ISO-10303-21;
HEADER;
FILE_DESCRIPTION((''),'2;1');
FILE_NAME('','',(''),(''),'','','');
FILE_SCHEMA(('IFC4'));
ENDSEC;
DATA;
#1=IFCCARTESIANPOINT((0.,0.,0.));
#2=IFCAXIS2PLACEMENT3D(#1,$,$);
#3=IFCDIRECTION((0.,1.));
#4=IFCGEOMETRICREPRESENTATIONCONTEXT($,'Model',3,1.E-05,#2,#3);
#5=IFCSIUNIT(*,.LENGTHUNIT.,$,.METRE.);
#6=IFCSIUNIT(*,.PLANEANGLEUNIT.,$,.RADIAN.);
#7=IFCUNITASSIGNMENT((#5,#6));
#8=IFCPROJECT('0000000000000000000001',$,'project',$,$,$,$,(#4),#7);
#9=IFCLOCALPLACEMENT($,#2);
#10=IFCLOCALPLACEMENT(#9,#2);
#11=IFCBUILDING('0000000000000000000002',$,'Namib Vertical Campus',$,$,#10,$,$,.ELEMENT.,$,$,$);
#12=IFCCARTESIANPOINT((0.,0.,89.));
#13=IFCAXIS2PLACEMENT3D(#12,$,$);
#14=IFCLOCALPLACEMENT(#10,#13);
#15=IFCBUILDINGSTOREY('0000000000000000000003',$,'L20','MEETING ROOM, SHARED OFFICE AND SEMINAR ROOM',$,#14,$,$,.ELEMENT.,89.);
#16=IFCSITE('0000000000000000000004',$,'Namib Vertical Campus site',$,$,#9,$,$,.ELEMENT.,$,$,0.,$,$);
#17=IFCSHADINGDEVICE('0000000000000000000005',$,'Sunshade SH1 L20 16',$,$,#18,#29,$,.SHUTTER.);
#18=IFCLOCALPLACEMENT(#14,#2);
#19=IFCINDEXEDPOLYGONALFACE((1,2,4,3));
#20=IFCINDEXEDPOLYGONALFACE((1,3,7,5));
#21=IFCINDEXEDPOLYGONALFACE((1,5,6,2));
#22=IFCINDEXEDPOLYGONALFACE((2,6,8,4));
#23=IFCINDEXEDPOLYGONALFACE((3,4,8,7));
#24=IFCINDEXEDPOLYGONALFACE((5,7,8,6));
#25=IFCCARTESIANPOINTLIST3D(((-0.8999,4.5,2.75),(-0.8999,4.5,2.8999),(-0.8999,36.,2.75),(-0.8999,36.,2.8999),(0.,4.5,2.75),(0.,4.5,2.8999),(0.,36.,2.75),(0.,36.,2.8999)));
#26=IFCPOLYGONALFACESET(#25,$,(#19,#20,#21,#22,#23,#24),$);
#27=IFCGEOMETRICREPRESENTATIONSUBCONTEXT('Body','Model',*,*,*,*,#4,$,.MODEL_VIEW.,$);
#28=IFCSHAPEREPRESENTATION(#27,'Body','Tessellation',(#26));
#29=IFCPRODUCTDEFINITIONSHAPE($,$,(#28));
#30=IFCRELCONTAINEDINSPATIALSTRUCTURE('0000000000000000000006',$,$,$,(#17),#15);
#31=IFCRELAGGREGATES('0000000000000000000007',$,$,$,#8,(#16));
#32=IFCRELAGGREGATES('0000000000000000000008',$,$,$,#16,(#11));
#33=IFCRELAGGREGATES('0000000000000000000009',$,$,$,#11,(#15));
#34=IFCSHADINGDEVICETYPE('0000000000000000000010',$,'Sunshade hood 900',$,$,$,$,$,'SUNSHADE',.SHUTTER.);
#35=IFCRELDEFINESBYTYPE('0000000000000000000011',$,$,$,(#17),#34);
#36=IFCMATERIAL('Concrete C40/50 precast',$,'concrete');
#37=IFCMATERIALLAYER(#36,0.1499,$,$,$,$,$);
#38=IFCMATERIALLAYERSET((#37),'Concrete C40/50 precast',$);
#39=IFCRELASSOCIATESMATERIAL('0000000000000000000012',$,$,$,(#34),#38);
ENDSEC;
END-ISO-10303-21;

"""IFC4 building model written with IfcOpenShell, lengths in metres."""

from ifc_helpers import new_model, si_unit, direction, frame, origin, origin_2d, place, context, subcontext, project, spatial, rectangle, extrude, material, layer, layer_set, type_object, element, save


model = new_model("IFC4")

# Units and contexts
model_context = context("Model", 3, precision=1e-05, world=origin(), true_north=direction((0.0, 1.0)))
body_context = subcontext(model_context, "Body", "Model", "MODEL_VIEW")
ifc_project = project(units=[si_unit("LENGTHUNIT", "METRE"), si_unit("PLANEANGLEUNIT", "RADIAN")], contexts=[model_context])

# Site, building, storey
site_placement = place(None, origin())
site = spatial("IfcSite", under=ifc_project, at=site_placement, Name="Namib Vertical Campus site", CompositionType="ELEMENT", RefElevation=0.0)
building_placement = place(site_placement, origin())
building = spatial("IfcBuilding", under=site, at=building_placement, Name="Namib Vertical Campus", CompositionType="ELEMENT")
storey_placement = place(building_placement, frame((0.0, 0.0, 89.0)))
storey = spatial("IfcBuildingStorey", under=building, at=storey_placement, Name="L20", Description="MEETING ROOM, SHARED OFFICE AND SEMINAR ROOM", CompositionType="ELEMENT", Elevation=89.0)

# Shading device
ifc_material_1 = material(Name="Concrete C40/50 precast", Category="concrete")
ifc_layer_1 = layer(ifc_material_1, 0.1499)
ifc_layer_set_1 = layer_set([ifc_layer_1], Name="Concrete C40/50 precast")
shading_device_type = type_object("IfcShadingDeviceType", Name="Sunshade hood 900", ElementType="SUNSHADE", PredefinedType="SHUTTER", material=ifc_layer_set_1)
shading_device_placement = place(storey_placement, frame((-0.45, 20.25, 2.75), z_axis=(0.0, 0.0, 1.0), x_axis=(0.0, -1.0, 0.0)))
element("IfcShadingDevice", 1, at=shading_device_placement, inside=storey, type_object=shading_device_type, Name="Sunshade SH1 L20 16", PredefinedType="SHUTTER", context=body_context, shape_type="SweptSolid", body=[
    extrude(rectangle(XDim=31.5, YDim=0.8999, at=origin_2d()), origin(), (0.0, 0.0, 1.0), 0.1499),
])

save(model, "model.ifc")
